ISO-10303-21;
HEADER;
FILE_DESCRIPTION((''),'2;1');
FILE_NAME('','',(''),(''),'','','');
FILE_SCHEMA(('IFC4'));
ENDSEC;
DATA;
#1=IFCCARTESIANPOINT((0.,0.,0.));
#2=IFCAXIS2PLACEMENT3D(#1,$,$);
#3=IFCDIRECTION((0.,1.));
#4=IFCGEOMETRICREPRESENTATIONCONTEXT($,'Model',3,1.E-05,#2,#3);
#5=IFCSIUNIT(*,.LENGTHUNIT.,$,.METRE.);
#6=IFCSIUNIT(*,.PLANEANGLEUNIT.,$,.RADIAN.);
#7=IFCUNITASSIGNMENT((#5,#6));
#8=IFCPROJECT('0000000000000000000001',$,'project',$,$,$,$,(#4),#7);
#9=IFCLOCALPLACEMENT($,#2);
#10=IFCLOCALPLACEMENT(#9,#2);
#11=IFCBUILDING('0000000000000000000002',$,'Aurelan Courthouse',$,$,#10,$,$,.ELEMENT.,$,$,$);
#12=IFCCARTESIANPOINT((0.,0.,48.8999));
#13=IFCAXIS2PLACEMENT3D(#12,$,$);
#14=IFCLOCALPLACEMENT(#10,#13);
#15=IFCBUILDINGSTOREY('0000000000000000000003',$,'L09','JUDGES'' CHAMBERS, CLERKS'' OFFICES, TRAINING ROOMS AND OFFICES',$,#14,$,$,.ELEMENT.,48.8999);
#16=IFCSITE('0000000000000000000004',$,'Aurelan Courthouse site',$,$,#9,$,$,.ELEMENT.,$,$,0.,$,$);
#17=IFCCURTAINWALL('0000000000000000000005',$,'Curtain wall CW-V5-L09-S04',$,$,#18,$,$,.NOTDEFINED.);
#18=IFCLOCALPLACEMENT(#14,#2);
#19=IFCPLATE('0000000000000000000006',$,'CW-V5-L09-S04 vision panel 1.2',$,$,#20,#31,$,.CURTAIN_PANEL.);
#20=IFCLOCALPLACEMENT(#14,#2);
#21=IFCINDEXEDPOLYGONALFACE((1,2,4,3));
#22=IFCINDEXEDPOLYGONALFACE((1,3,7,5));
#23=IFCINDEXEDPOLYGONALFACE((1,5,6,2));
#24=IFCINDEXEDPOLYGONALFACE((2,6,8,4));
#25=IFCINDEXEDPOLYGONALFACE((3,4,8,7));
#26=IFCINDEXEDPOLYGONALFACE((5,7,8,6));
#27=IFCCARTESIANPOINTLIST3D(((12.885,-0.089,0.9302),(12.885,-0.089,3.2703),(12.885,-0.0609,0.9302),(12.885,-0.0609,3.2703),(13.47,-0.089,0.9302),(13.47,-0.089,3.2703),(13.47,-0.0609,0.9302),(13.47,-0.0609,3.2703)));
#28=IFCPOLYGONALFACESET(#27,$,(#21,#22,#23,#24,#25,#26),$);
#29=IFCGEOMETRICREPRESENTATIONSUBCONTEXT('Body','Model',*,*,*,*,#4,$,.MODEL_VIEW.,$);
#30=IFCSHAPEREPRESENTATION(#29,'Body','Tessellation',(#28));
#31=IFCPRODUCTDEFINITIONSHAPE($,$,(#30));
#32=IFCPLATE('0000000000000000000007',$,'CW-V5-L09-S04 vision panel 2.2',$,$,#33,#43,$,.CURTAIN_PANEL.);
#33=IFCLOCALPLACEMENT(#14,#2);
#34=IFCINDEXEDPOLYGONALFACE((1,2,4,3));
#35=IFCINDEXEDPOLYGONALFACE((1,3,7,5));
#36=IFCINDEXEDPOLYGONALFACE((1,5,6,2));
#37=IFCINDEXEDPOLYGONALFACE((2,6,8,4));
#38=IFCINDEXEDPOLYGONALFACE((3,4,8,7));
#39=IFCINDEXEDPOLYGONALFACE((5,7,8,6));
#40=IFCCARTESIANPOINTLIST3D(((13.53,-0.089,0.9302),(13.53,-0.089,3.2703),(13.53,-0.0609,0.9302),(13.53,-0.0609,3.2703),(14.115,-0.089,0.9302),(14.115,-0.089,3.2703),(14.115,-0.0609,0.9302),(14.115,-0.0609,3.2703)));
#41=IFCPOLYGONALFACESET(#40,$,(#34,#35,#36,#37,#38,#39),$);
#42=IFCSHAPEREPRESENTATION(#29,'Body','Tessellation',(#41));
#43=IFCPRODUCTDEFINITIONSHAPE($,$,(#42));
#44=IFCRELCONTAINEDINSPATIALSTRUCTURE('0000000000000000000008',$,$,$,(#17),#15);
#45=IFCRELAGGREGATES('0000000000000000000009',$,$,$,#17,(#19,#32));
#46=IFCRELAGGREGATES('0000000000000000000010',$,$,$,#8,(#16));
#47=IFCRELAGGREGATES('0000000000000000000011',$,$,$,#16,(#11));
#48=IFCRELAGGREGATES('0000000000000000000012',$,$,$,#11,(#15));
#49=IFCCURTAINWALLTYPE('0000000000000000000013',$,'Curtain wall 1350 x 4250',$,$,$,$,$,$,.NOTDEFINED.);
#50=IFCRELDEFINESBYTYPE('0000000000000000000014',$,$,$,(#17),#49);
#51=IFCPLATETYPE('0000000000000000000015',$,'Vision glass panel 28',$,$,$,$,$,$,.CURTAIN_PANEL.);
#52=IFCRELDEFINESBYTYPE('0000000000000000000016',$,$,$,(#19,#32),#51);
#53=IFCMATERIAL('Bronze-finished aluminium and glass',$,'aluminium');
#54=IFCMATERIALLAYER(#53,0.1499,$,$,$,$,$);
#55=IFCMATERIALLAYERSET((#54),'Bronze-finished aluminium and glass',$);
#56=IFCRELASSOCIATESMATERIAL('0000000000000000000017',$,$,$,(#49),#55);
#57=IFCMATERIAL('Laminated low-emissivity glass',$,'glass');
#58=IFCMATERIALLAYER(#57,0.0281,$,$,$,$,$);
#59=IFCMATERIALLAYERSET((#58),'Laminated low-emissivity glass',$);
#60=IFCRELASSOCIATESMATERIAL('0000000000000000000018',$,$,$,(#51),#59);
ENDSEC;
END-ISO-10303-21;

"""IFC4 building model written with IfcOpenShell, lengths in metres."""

from ifc_helpers import new_model, si_unit, direction, frame, origin, origin_2d, place, context, subcontext, project, spatial, rectangle, extrude, material, layer, layer_set, type_object, element, aggregate, save


model = new_model("IFC4")

# Units and contexts
model_context = context("Model", 3, precision=1e-05, world=origin(), true_north=direction((0.0, 1.0)))
body_context = subcontext(model_context, "Body", "Model", "MODEL_VIEW")
ifc_project = project(units=[si_unit("LENGTHUNIT", "METRE"), si_unit("PLANEANGLEUNIT", "RADIAN")], contexts=[model_context])

# Site, building, storey
site_placement = place(None, origin())
site = spatial("IfcSite", under=ifc_project, at=site_placement, Name="Aurelan Courthouse site", CompositionType="ELEMENT", RefElevation=0.0)
building_placement = place(site_placement, origin())
building = spatial("IfcBuilding", under=site, at=building_placement, Name="Aurelan Courthouse", CompositionType="ELEMENT")
storey_placement = place(building_placement, frame((0.0, 0.0, 48.8999)))
storey = spatial("IfcBuildingStorey", under=building, at=storey_placement, Name="L09", Description="JUDGES' CHAMBERS, CLERKS' OFFICES, TRAINING ROOMS AND OFFICES", CompositionType="ELEMENT", Elevation=48.8999)

# Curtain wall
ifc_material_1 = material(Name="Bronze-finished aluminium and glass", Category="aluminium")
ifc_layer_1 = layer(ifc_material_1, 0.1499)
ifc_layer_set_1 = layer_set([ifc_layer_1], Name="Bronze-finished aluminium and glass")
curtain_wall_type = type_object("IfcCurtainWallType", Name="Curtain wall 1350 x 4250", PredefinedType="NOTDEFINED", material=ifc_layer_set_1)
curtain_wall_1_placement = place(storey_placement, origin())
curtain_wall_1 = element("IfcCurtainWall", 1, at=curtain_wall_1_placement, inside=storey, type_object=curtain_wall_type, Name="Curtain wall CW-V5-L09-S04", PredefinedType="NOTDEFINED")

# Plates
ifc_material_2 = material(Name="Laminated low-emissivity glass", Category="glass")
ifc_layer_2 = layer(ifc_material_2, 0.0281)
ifc_layer_set_2 = layer_set([ifc_layer_2], Name="Laminated low-emissivity glass")
plate_type_1 = type_object("IfcPlateType", Name="Vision glass panel 28", PredefinedType="CURTAIN_PANEL", material=ifc_layer_set_2)
plate_1_placement = place(storey_placement, frame((13.1775, -0.075, 0.9302), z_axis=(0.0, 0.0, 1.0), x_axis=(1.0, 0.0, 0.0)))
plate_1 = element("IfcPlate", 2, at=plate_1_placement, type_object=plate_type_1, Name="CW-V5-L09-S04 vision panel 1.2", PredefinedType="CURTAIN_PANEL", context=body_context, shape_type="SweptSolid", body=[
    extrude(rectangle(XDim=0.585, YDim=0.0281, at=origin_2d()), origin(), (0.0, 0.0, 1.0), 2.3401),
])
plate_2_placement = place(storey_placement, frame((13.8225, -0.075, 0.9302), z_axis=(0.0, 0.0, 1.0), x_axis=(1.0, 0.0, 0.0)))
plate_2 = element("IfcPlate", 3, at=plate_2_placement, type_object=plate_type_1, Name="CW-V5-L09-S04 vision panel 2.2", PredefinedType="CURTAIN_PANEL", context=body_context, shape_type="SweptSolid", body=[
    extrude(rectangle(XDim=0.585, YDim=0.0281, at=origin_2d()), origin(), (0.0, 0.0, 1.0), 2.3401),
])
aggregate(curtain_wall_1, [plate_1, plate_2])

save(model, "model.ifc")
